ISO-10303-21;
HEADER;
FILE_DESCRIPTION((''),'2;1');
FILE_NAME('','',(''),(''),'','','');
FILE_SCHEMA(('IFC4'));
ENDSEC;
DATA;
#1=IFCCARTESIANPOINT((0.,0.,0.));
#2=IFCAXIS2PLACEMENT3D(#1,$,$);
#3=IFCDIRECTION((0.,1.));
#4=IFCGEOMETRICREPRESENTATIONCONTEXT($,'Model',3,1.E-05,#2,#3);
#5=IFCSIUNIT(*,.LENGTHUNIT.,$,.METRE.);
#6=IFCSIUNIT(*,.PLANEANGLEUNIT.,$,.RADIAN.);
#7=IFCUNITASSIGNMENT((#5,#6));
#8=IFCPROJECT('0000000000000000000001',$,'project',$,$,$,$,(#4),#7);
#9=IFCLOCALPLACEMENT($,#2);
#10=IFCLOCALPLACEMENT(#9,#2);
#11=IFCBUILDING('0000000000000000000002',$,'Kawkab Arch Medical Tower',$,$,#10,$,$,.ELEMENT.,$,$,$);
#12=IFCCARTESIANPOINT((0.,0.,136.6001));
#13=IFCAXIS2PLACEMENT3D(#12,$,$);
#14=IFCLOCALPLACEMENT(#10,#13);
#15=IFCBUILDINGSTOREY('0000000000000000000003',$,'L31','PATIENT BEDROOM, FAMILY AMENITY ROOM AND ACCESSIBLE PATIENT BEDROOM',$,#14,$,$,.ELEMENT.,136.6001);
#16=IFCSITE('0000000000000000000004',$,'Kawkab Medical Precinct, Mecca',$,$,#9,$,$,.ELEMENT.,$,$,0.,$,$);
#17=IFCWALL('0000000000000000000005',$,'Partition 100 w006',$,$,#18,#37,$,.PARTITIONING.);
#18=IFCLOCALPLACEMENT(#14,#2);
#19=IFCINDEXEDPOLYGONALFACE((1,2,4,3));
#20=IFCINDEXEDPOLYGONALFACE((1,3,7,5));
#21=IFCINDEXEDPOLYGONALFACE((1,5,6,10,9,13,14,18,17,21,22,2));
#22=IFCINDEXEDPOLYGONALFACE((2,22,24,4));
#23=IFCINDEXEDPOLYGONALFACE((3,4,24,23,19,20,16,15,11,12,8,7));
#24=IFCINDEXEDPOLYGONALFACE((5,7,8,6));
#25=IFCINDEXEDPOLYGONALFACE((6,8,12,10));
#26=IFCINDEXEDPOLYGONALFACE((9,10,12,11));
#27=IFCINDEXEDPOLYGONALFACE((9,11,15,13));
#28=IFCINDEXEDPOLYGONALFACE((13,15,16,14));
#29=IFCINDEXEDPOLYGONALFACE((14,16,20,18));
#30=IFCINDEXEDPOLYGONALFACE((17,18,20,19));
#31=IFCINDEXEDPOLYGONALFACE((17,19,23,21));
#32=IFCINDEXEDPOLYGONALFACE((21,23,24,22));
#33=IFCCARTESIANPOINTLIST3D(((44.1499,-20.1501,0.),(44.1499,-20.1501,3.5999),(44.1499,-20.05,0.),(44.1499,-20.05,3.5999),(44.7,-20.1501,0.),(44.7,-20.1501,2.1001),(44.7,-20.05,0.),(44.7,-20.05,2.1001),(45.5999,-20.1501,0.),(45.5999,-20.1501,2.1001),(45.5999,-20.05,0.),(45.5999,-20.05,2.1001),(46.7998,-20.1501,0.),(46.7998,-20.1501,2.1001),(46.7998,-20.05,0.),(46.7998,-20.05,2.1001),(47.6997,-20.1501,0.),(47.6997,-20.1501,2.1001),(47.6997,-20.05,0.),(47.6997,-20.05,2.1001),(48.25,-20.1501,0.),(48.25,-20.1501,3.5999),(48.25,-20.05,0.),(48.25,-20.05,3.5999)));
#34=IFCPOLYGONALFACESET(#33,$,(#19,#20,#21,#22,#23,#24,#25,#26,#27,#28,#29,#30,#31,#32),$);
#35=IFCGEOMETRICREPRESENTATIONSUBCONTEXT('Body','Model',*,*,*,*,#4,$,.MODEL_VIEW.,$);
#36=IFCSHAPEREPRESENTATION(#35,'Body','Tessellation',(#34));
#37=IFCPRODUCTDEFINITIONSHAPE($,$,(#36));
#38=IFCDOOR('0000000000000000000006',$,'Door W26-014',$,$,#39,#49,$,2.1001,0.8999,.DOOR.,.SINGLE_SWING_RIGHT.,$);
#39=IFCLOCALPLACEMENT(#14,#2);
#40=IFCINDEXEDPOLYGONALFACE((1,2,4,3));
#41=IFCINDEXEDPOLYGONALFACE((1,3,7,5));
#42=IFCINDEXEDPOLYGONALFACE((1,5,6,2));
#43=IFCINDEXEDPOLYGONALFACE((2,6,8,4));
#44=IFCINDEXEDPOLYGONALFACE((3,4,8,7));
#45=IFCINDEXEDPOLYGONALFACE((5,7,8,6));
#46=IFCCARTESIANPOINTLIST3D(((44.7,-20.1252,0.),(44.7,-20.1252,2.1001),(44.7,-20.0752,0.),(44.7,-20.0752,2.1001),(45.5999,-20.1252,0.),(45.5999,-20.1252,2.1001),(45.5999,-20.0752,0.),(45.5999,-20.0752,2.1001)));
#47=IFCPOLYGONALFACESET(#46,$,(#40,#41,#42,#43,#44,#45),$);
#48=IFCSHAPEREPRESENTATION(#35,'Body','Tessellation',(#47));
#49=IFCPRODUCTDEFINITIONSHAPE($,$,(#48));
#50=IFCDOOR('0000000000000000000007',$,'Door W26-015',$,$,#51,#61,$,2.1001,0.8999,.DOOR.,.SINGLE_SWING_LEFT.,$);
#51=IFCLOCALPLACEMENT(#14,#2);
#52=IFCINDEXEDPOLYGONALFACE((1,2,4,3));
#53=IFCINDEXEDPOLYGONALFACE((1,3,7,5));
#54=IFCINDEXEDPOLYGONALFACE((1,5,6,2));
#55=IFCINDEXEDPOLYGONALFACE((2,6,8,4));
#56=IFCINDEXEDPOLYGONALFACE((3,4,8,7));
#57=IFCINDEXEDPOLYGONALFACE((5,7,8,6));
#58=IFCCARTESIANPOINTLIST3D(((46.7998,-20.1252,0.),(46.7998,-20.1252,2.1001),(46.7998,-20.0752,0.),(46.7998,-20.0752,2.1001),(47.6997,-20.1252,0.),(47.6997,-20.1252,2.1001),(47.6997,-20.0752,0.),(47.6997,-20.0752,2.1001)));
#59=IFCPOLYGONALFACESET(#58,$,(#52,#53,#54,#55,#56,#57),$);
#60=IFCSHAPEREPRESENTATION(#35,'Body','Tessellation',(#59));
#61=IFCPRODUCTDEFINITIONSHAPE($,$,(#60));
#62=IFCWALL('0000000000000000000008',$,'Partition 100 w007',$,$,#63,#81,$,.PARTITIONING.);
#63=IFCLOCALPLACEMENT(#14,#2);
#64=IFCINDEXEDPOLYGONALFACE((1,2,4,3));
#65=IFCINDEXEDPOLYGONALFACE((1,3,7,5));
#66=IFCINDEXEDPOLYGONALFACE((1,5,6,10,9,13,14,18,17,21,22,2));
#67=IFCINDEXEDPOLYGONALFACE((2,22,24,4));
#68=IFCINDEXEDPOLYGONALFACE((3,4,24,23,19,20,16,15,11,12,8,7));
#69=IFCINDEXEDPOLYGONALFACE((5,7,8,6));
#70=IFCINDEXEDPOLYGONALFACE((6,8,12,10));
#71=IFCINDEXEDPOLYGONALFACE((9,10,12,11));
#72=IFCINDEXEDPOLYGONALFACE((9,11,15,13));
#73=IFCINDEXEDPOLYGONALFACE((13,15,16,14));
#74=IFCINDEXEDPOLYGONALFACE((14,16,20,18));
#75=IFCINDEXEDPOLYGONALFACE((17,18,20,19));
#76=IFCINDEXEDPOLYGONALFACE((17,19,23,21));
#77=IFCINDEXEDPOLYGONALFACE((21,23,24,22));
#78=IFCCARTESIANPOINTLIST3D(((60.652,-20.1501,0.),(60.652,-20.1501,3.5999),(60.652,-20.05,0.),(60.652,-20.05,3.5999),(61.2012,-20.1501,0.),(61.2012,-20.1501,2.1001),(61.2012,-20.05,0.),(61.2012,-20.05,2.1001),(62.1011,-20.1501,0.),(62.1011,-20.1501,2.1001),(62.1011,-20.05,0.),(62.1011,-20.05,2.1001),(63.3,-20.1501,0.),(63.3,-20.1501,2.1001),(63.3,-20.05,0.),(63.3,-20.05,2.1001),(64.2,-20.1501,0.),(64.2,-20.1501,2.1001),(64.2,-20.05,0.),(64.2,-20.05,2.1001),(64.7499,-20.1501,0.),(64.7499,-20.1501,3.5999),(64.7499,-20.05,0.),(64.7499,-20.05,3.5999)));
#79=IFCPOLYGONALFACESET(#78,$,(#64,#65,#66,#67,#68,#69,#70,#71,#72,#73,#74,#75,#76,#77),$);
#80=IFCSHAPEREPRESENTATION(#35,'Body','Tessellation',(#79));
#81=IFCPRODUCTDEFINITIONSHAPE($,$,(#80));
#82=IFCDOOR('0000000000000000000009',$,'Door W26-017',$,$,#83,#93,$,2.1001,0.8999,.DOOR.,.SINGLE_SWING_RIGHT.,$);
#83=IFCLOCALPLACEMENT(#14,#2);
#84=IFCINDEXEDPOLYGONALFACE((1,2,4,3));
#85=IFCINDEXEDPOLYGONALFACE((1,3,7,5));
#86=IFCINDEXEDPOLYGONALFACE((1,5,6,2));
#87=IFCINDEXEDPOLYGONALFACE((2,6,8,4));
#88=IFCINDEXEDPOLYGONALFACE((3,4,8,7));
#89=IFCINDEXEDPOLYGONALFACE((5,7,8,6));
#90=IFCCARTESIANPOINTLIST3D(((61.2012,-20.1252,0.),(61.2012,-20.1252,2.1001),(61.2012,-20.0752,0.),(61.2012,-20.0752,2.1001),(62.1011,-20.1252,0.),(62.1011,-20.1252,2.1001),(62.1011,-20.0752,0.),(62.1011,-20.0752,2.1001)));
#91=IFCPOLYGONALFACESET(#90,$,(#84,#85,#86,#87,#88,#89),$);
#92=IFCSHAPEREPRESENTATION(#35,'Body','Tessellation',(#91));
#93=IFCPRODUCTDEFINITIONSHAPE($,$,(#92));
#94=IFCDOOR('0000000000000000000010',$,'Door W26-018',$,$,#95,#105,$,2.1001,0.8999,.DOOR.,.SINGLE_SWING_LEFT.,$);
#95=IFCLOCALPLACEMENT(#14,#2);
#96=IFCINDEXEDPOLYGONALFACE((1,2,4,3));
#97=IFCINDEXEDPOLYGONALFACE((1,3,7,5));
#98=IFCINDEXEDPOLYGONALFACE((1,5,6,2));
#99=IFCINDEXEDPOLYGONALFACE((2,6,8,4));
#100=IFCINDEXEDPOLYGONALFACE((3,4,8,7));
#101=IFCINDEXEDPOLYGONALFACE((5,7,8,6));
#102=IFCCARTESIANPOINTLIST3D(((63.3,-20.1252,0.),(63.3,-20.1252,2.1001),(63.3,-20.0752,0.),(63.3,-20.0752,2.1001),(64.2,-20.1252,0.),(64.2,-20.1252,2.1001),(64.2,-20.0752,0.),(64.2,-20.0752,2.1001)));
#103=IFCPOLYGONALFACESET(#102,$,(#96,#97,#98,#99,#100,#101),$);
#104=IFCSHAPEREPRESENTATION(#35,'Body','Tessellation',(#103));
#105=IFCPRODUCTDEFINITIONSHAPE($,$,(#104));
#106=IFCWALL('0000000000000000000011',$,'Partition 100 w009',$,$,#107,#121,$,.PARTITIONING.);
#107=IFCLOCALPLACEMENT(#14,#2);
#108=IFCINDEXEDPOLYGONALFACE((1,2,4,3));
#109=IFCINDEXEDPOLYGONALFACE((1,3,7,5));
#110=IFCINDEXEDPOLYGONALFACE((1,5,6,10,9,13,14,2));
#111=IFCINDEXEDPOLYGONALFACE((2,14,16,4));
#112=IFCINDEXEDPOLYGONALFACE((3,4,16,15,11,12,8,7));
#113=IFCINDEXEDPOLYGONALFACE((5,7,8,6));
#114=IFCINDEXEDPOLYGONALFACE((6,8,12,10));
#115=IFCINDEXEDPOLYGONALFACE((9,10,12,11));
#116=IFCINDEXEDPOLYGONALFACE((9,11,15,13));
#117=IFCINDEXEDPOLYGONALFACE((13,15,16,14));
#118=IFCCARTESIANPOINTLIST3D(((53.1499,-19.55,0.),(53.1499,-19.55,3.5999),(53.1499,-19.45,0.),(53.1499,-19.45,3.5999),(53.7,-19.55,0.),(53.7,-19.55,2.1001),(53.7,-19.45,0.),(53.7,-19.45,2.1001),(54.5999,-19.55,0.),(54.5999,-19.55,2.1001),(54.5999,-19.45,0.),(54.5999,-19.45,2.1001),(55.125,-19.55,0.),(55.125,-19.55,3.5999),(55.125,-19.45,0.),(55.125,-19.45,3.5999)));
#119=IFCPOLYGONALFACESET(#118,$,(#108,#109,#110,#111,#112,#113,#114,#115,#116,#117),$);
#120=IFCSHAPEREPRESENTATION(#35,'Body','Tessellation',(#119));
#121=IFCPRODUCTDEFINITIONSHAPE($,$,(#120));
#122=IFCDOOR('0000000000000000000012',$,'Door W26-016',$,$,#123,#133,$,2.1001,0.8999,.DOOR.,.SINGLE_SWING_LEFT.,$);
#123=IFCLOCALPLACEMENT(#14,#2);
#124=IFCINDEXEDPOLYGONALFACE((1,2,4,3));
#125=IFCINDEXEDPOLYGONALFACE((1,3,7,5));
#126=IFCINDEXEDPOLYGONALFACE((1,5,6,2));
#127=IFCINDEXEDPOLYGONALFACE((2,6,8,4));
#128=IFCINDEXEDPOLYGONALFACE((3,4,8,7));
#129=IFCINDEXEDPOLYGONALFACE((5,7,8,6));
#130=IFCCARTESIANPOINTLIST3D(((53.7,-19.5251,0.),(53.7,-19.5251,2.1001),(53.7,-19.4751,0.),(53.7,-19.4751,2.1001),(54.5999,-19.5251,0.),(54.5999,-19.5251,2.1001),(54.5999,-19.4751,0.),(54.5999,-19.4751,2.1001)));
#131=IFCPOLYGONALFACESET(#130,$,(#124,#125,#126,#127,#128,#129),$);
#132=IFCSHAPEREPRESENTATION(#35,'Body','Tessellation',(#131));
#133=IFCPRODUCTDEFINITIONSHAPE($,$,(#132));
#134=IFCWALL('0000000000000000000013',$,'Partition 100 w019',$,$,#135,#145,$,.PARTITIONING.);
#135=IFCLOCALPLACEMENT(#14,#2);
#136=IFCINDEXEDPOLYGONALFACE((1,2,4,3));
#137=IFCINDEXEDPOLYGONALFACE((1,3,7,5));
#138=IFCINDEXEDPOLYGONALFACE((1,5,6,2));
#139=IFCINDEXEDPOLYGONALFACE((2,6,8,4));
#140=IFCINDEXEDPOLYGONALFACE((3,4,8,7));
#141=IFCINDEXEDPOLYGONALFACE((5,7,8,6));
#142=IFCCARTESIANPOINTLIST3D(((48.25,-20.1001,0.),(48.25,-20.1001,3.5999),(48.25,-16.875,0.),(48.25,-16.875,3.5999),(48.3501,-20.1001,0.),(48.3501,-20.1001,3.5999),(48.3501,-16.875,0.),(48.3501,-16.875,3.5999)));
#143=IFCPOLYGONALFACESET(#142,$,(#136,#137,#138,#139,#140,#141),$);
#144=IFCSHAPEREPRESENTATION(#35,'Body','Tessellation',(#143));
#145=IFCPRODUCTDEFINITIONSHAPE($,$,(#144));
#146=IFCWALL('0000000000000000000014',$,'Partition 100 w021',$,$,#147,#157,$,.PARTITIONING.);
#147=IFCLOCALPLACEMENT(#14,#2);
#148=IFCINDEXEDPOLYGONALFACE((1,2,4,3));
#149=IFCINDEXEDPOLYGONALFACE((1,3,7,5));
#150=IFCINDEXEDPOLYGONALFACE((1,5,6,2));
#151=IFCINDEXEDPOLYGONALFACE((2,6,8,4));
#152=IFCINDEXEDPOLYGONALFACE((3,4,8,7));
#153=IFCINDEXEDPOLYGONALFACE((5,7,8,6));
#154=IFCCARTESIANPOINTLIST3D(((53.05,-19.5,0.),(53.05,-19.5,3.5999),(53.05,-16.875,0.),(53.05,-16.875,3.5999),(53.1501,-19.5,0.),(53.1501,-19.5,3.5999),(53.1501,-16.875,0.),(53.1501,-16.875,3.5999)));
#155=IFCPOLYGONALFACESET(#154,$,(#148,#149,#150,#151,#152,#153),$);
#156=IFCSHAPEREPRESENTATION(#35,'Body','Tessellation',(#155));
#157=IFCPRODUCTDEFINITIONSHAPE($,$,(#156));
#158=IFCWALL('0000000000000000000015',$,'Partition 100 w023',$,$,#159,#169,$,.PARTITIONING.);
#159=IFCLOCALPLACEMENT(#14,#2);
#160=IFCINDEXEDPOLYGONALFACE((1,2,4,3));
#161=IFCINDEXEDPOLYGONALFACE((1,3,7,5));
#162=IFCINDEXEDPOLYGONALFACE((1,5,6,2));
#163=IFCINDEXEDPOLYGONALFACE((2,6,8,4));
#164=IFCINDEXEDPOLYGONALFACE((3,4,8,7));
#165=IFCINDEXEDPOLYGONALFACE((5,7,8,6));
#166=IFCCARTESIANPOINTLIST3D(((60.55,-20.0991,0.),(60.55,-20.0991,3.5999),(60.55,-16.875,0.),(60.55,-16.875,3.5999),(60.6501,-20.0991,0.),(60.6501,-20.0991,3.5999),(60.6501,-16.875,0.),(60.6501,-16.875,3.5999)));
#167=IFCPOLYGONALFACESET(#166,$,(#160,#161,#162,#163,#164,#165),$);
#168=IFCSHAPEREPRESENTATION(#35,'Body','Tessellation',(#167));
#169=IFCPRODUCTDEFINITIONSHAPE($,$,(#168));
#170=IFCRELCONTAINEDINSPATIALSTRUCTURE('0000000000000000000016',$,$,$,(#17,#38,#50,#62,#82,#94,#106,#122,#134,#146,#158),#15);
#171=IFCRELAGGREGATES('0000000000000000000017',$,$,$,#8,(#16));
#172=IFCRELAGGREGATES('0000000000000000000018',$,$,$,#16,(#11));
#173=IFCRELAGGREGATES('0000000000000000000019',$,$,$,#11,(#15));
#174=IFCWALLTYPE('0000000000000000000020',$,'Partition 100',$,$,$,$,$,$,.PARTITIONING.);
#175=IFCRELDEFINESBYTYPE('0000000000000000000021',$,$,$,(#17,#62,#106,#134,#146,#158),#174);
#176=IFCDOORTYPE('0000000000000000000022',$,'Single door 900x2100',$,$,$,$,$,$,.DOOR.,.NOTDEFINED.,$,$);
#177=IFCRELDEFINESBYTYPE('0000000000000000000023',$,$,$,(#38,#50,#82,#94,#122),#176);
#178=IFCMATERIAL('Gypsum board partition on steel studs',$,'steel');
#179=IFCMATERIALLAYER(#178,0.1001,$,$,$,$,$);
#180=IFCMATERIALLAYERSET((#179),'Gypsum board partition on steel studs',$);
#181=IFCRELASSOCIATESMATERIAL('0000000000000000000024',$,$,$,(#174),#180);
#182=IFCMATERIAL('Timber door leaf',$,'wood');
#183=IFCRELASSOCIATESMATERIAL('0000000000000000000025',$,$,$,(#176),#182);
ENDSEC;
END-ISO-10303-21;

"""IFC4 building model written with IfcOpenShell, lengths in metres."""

from ifc_helpers import new_model, si_unit, direction, frame, frame_2d, origin, place, context, subcontext, project, spatial, rectangle, extrude, material, layer, layer_set, type_object, element, fill, save


model = new_model("IFC4")

# Units and contexts
model_context = context("Model", 3, precision=1e-05, world=origin(), true_north=direction((0.0, 1.0)))
body_context = subcontext(model_context, "Body", "Model", "MODEL_VIEW")
ifc_project = project(units=[si_unit("LENGTHUNIT", "METRE"), si_unit("PLANEANGLEUNIT", "RADIAN")], contexts=[model_context])

# Site, building, storey
site_placement = place(None, origin())
site = spatial("IfcSite", under=ifc_project, at=site_placement, Name="Kawkab Medical Precinct, Mecca", CompositionType="ELEMENT", RefElevation=0.0)
building_placement = place(site_placement, origin())
building = spatial("IfcBuilding", under=site, at=building_placement, Name="Kawkab Arch Medical Tower", CompositionType="ELEMENT")
storey_placement = place(building_placement, frame((0.0, 0.0, 136.6001)))
storey = spatial("IfcBuildingStorey", under=building, at=storey_placement, Name="L31", Description="PATIENT BEDROOM, FAMILY AMENITY ROOM AND ACCESSIBLE PATIENT BEDROOM", CompositionType="ELEMENT", Elevation=136.6001)

# Walls, openings, doors
ifc_material_1 = material(Name="Gypsum board partition on steel studs", Category="steel")
ifc_layer_1 = layer(ifc_material_1, 0.1001)
ifc_layer_set_1 = layer_set([ifc_layer_1], Name="Gypsum board partition on steel studs")
wall_type_1 = type_object("IfcWallType", Name="Partition 100", PredefinedType="PARTITIONING", material=ifc_layer_set_1)
wall_1_placement = place(storey_placement, frame((44.1499, -20.1001, 0.0), z_axis=(0.0, 0.0, 1.0), x_axis=(1.0, 0.0, 0.0)))
wall_1 = element("IfcWall", 1, at=wall_1_placement, inside=storey, type_object=wall_type_1, Name="Partition 100 w006", PredefinedType="PARTITIONING", context=body_context, shape_type="SweptSolid", body=[
    extrude(rectangle(XDim=4.1001, YDim=0.1001, at=frame_2d((2.05, 0.0))), origin(), (0.0, 0.0, 1.0), 3.5999),
])
opening_1_placement = place(wall_1_placement, frame((0.55, 0.0, 0.0)))
opening_1 = element("IfcOpeningElement", 2, at=opening_1_placement, cuts=wall_1, PredefinedType="OPENING", context=body_context, shape_type="SweptSolid", body=[
    extrude(rectangle(XDim=0.8999, YDim=2.1001, at=frame_2d((0.45, 1.05))), frame((0.0, 0.0601, 0.0), z_axis=(0.0, -1.0, 0.0), x_axis=(1.0, 0.0, 0.0)), (0.0, 0.0, 1.0), 0.1201),
])
opening_2_placement = place(wall_1_placement, frame((2.6499, 0.0, 0.0)))
opening_2 = element("IfcOpeningElement", 3, at=opening_2_placement, cuts=wall_1, PredefinedType="OPENING", context=body_context, shape_type="SweptSolid", body=[
    extrude(rectangle(XDim=0.8999, YDim=2.1001, at=frame_2d((0.45, 1.05))), frame((0.0, 0.0601, 0.0), z_axis=(0.0, -1.0, 0.0), x_axis=(1.0, 0.0, 0.0)), (0.0, 0.0, 1.0), 0.1201),
])
ifc_material_2 = material(Name="Timber door leaf", Category="wood")
door_type = type_object("IfcDoorType", Name="Single door 900x2100", OperationType="NOTDEFINED", PredefinedType="DOOR", material=ifc_material_2)
door_1_placement = place(opening_1_placement, origin())
door_1 = element("IfcDoor", 4, at=door_1_placement, inside=storey, type_object=door_type, Name="Door W26-014", OperationType="SINGLE_SWING_RIGHT", OverallHeight=2.1001, OverallWidth=0.8999, PredefinedType="DOOR", context=body_context, shape_type="SweptSolid", body=[
    extrude(rectangle(XDim=0.8999, YDim=2.1001, at=frame_2d((0.45, 1.05))), frame((0.0, 0.0249, 0.0), z_axis=(0.0, -1.0, 0.0), x_axis=(1.0, 0.0, 0.0)), (0.0, 0.0, 1.0), 0.05),
])
fill(opening_1, door_1)
door_2_placement = place(opening_2_placement, origin())
door_2 = element("IfcDoor", 5, at=door_2_placement, inside=storey, type_object=door_type, Name="Door W26-015", OperationType="SINGLE_SWING_LEFT", OverallHeight=2.1001, OverallWidth=0.8999, PredefinedType="DOOR", context=body_context, shape_type="SweptSolid", body=[
    extrude(rectangle(XDim=0.8999, YDim=2.1001, at=frame_2d((0.45, 1.05))), frame((0.0, 0.0249, 0.0), z_axis=(0.0, -1.0, 0.0), x_axis=(1.0, 0.0, 0.0)), (0.0, 0.0, 1.0), 0.05),
])
fill(opening_2, door_2)
wall_2_placement = place(storey_placement, frame((60.6521, -20.1001, 0.0), z_axis=(0.0, 0.0, 1.0), x_axis=(1.0, 0.0, 0.0)))
wall_2 = element("IfcWall", 6, at=wall_2_placement, inside=storey, type_object=wall_type_1, Name="Partition 100 w007", PredefinedType="PARTITIONING", context=body_context, shape_type="SweptSolid", body=[
    extrude(rectangle(XDim=4.0979, YDim=0.1001, at=frame_2d((2.0488, 0.0))), origin(), (0.0, 0.0, 1.0), 3.5999),
])
opening_3_placement = place(wall_2_placement, frame((0.5491, 0.0, 0.0)))
opening_3 = element("IfcOpeningElement", 7, at=opening_3_placement, cuts=wall_2, PredefinedType="OPENING", context=body_context, shape_type="SweptSolid", body=[
    extrude(rectangle(XDim=0.8999, YDim=2.1001, at=frame_2d((0.45, 1.05))), frame((0.0, 0.0601, 0.0), z_axis=(0.0, -1.0, 0.0), x_axis=(1.0, 0.0, 0.0)), (0.0, 0.0, 1.0), 0.1201),
])
opening_4_placement = place(wall_2_placement, frame((2.6479, 0.0, 0.0)))
opening_4 = element("IfcOpeningElement", 8, at=opening_4_placement, cuts=wall_2, PredefinedType="OPENING", context=body_context, shape_type="SweptSolid", body=[
    extrude(rectangle(XDim=0.8999, YDim=2.1001, at=frame_2d((0.45, 1.05))), frame((0.0, 0.0601, 0.0), z_axis=(0.0, -1.0, 0.0), x_axis=(1.0, 0.0, 0.0)), (0.0, 0.0, 1.0), 0.1201),
])
door_3_placement = place(opening_3_placement, origin())
door_3 = element("IfcDoor", 9, at=door_3_placement, inside=storey, type_object=door_type, Name="Door W26-017", OperationType="SINGLE_SWING_RIGHT", OverallHeight=2.1001, OverallWidth=0.8999, PredefinedType="DOOR", context=body_context, shape_type="SweptSolid", body=[
    extrude(rectangle(XDim=0.8999, YDim=2.1001, at=frame_2d((0.45, 1.05))), frame((0.0, 0.0249, 0.0), z_axis=(0.0, -1.0, 0.0), x_axis=(1.0, 0.0, 0.0)), (0.0, 0.0, 1.0), 0.05),
])
fill(opening_3, door_3)
door_4_placement = place(opening_4_placement, origin())
door_4 = element("IfcDoor", 10, at=door_4_placement, inside=storey, type_object=door_type, Name="Door W26-018", OperationType="SINGLE_SWING_LEFT", OverallHeight=2.1001, OverallWidth=0.8999, PredefinedType="DOOR", context=body_context, shape_type="SweptSolid", body=[
    extrude(rectangle(XDim=0.8999, YDim=2.1001, at=frame_2d((0.45, 1.05))), frame((0.0, 0.0249, 0.0), z_axis=(0.0, -1.0, 0.0), x_axis=(1.0, 0.0, 0.0)), (0.0, 0.0, 1.0), 0.05),
])
fill(opening_4, door_4)

# Wall, opening, door
wall_3_placement = place(storey_placement, frame((53.1499, -19.5, 0.0), z_axis=(0.0, 0.0, 1.0), x_axis=(1.0, 0.0, 0.0)))
wall_3 = element("IfcWall", 11, at=wall_3_placement, inside=storey, type_object=wall_type_1, Name="Partition 100 w009", PredefinedType="PARTITIONING", context=body_context, shape_type="SweptSolid", body=[
    extrude(rectangle(XDim=1.9751, YDim=0.1001, at=frame_2d((0.9875, 0.0))), origin(), (0.0, 0.0, 1.0), 3.5999),
])
opening_5_placement = place(wall_3_placement, frame((0.55, 0.0, 0.0)))
opening_5 = element("IfcOpeningElement", 12, at=opening_5_placement, cuts=wall_3, PredefinedType="OPENING", context=body_context, shape_type="SweptSolid", body=[
    extrude(rectangle(XDim=0.8999, YDim=2.1001, at=frame_2d((0.45, 1.05))), frame((0.0, 0.0601, 0.0), z_axis=(0.0, -1.0, 0.0), x_axis=(1.0, 0.0, 0.0)), (0.0, 0.0, 1.0), 0.1201),
])
door_5_placement = place(opening_5_placement, origin())
door_5 = element("IfcDoor", 13, at=door_5_placement, inside=storey, type_object=door_type, Name="Door W26-016", OperationType="SINGLE_SWING_LEFT", OverallHeight=2.1001, OverallWidth=0.8999, PredefinedType="DOOR", context=body_context, shape_type="SweptSolid", body=[
    extrude(rectangle(XDim=0.8999, YDim=2.1001, at=frame_2d((0.45, 1.05))), frame((0.0, 0.0249, 0.0), z_axis=(0.0, -1.0, 0.0), x_axis=(1.0, 0.0, 0.0)), (0.0, 0.0, 1.0), 0.05),
])
fill(opening_5, door_5)

# Walls
wall_4_placement = place(storey_placement, frame((48.3, -20.1001, 0.0), z_axis=(0.0, 0.0, 1.0), x_axis=(0.0, 1.0, 0.0)))
element("IfcWall", 14, at=wall_4_placement, inside=storey, type_object=wall_type_1, Name="Partition 100 w019", PredefinedType="PARTITIONING", context=body_context, shape_type="SweptSolid", body=[
    extrude(rectangle(XDim=3.2251, YDim=0.1001, at=frame_2d((1.6125, 0.0))), origin(), (0.0, 0.0, 1.0), 3.5999),
])
wall_5_placement = place(storey_placement, frame((53.1001, -19.5, 0.0), z_axis=(0.0, 0.0, 1.0), x_axis=(0.0, 1.0, 0.0)))
element("IfcWall", 15, at=wall_5_placement, inside=storey, type_object=wall_type_1, Name="Partition 100 w021", PredefinedType="PARTITIONING", context=body_context, shape_type="SweptSolid", body=[
    extrude(rectangle(XDim=2.625, YDim=0.1001, at=frame_2d((1.3125, 0.0))), origin(), (0.0, 0.0, 1.0), 3.5999),
])
wall_6_placement = place(storey_placement, frame((60.6001, -20.0991, 0.0), z_axis=(0.0, 0.0, 1.0), x_axis=(0.0, 1.0, 0.0)))
element("IfcWall", 16, at=wall_6_placement, inside=storey, type_object=wall_type_1, Name="Partition 100 w023", PredefinedType="PARTITIONING", context=body_context, shape_type="SweptSolid", body=[
    extrude(rectangle(XDim=3.2241, YDim=0.1001, at=frame_2d((1.6121, 0.0))), origin(), (0.0, 0.0, 1.0), 3.5999),
])

save(model, "model.ifc")
